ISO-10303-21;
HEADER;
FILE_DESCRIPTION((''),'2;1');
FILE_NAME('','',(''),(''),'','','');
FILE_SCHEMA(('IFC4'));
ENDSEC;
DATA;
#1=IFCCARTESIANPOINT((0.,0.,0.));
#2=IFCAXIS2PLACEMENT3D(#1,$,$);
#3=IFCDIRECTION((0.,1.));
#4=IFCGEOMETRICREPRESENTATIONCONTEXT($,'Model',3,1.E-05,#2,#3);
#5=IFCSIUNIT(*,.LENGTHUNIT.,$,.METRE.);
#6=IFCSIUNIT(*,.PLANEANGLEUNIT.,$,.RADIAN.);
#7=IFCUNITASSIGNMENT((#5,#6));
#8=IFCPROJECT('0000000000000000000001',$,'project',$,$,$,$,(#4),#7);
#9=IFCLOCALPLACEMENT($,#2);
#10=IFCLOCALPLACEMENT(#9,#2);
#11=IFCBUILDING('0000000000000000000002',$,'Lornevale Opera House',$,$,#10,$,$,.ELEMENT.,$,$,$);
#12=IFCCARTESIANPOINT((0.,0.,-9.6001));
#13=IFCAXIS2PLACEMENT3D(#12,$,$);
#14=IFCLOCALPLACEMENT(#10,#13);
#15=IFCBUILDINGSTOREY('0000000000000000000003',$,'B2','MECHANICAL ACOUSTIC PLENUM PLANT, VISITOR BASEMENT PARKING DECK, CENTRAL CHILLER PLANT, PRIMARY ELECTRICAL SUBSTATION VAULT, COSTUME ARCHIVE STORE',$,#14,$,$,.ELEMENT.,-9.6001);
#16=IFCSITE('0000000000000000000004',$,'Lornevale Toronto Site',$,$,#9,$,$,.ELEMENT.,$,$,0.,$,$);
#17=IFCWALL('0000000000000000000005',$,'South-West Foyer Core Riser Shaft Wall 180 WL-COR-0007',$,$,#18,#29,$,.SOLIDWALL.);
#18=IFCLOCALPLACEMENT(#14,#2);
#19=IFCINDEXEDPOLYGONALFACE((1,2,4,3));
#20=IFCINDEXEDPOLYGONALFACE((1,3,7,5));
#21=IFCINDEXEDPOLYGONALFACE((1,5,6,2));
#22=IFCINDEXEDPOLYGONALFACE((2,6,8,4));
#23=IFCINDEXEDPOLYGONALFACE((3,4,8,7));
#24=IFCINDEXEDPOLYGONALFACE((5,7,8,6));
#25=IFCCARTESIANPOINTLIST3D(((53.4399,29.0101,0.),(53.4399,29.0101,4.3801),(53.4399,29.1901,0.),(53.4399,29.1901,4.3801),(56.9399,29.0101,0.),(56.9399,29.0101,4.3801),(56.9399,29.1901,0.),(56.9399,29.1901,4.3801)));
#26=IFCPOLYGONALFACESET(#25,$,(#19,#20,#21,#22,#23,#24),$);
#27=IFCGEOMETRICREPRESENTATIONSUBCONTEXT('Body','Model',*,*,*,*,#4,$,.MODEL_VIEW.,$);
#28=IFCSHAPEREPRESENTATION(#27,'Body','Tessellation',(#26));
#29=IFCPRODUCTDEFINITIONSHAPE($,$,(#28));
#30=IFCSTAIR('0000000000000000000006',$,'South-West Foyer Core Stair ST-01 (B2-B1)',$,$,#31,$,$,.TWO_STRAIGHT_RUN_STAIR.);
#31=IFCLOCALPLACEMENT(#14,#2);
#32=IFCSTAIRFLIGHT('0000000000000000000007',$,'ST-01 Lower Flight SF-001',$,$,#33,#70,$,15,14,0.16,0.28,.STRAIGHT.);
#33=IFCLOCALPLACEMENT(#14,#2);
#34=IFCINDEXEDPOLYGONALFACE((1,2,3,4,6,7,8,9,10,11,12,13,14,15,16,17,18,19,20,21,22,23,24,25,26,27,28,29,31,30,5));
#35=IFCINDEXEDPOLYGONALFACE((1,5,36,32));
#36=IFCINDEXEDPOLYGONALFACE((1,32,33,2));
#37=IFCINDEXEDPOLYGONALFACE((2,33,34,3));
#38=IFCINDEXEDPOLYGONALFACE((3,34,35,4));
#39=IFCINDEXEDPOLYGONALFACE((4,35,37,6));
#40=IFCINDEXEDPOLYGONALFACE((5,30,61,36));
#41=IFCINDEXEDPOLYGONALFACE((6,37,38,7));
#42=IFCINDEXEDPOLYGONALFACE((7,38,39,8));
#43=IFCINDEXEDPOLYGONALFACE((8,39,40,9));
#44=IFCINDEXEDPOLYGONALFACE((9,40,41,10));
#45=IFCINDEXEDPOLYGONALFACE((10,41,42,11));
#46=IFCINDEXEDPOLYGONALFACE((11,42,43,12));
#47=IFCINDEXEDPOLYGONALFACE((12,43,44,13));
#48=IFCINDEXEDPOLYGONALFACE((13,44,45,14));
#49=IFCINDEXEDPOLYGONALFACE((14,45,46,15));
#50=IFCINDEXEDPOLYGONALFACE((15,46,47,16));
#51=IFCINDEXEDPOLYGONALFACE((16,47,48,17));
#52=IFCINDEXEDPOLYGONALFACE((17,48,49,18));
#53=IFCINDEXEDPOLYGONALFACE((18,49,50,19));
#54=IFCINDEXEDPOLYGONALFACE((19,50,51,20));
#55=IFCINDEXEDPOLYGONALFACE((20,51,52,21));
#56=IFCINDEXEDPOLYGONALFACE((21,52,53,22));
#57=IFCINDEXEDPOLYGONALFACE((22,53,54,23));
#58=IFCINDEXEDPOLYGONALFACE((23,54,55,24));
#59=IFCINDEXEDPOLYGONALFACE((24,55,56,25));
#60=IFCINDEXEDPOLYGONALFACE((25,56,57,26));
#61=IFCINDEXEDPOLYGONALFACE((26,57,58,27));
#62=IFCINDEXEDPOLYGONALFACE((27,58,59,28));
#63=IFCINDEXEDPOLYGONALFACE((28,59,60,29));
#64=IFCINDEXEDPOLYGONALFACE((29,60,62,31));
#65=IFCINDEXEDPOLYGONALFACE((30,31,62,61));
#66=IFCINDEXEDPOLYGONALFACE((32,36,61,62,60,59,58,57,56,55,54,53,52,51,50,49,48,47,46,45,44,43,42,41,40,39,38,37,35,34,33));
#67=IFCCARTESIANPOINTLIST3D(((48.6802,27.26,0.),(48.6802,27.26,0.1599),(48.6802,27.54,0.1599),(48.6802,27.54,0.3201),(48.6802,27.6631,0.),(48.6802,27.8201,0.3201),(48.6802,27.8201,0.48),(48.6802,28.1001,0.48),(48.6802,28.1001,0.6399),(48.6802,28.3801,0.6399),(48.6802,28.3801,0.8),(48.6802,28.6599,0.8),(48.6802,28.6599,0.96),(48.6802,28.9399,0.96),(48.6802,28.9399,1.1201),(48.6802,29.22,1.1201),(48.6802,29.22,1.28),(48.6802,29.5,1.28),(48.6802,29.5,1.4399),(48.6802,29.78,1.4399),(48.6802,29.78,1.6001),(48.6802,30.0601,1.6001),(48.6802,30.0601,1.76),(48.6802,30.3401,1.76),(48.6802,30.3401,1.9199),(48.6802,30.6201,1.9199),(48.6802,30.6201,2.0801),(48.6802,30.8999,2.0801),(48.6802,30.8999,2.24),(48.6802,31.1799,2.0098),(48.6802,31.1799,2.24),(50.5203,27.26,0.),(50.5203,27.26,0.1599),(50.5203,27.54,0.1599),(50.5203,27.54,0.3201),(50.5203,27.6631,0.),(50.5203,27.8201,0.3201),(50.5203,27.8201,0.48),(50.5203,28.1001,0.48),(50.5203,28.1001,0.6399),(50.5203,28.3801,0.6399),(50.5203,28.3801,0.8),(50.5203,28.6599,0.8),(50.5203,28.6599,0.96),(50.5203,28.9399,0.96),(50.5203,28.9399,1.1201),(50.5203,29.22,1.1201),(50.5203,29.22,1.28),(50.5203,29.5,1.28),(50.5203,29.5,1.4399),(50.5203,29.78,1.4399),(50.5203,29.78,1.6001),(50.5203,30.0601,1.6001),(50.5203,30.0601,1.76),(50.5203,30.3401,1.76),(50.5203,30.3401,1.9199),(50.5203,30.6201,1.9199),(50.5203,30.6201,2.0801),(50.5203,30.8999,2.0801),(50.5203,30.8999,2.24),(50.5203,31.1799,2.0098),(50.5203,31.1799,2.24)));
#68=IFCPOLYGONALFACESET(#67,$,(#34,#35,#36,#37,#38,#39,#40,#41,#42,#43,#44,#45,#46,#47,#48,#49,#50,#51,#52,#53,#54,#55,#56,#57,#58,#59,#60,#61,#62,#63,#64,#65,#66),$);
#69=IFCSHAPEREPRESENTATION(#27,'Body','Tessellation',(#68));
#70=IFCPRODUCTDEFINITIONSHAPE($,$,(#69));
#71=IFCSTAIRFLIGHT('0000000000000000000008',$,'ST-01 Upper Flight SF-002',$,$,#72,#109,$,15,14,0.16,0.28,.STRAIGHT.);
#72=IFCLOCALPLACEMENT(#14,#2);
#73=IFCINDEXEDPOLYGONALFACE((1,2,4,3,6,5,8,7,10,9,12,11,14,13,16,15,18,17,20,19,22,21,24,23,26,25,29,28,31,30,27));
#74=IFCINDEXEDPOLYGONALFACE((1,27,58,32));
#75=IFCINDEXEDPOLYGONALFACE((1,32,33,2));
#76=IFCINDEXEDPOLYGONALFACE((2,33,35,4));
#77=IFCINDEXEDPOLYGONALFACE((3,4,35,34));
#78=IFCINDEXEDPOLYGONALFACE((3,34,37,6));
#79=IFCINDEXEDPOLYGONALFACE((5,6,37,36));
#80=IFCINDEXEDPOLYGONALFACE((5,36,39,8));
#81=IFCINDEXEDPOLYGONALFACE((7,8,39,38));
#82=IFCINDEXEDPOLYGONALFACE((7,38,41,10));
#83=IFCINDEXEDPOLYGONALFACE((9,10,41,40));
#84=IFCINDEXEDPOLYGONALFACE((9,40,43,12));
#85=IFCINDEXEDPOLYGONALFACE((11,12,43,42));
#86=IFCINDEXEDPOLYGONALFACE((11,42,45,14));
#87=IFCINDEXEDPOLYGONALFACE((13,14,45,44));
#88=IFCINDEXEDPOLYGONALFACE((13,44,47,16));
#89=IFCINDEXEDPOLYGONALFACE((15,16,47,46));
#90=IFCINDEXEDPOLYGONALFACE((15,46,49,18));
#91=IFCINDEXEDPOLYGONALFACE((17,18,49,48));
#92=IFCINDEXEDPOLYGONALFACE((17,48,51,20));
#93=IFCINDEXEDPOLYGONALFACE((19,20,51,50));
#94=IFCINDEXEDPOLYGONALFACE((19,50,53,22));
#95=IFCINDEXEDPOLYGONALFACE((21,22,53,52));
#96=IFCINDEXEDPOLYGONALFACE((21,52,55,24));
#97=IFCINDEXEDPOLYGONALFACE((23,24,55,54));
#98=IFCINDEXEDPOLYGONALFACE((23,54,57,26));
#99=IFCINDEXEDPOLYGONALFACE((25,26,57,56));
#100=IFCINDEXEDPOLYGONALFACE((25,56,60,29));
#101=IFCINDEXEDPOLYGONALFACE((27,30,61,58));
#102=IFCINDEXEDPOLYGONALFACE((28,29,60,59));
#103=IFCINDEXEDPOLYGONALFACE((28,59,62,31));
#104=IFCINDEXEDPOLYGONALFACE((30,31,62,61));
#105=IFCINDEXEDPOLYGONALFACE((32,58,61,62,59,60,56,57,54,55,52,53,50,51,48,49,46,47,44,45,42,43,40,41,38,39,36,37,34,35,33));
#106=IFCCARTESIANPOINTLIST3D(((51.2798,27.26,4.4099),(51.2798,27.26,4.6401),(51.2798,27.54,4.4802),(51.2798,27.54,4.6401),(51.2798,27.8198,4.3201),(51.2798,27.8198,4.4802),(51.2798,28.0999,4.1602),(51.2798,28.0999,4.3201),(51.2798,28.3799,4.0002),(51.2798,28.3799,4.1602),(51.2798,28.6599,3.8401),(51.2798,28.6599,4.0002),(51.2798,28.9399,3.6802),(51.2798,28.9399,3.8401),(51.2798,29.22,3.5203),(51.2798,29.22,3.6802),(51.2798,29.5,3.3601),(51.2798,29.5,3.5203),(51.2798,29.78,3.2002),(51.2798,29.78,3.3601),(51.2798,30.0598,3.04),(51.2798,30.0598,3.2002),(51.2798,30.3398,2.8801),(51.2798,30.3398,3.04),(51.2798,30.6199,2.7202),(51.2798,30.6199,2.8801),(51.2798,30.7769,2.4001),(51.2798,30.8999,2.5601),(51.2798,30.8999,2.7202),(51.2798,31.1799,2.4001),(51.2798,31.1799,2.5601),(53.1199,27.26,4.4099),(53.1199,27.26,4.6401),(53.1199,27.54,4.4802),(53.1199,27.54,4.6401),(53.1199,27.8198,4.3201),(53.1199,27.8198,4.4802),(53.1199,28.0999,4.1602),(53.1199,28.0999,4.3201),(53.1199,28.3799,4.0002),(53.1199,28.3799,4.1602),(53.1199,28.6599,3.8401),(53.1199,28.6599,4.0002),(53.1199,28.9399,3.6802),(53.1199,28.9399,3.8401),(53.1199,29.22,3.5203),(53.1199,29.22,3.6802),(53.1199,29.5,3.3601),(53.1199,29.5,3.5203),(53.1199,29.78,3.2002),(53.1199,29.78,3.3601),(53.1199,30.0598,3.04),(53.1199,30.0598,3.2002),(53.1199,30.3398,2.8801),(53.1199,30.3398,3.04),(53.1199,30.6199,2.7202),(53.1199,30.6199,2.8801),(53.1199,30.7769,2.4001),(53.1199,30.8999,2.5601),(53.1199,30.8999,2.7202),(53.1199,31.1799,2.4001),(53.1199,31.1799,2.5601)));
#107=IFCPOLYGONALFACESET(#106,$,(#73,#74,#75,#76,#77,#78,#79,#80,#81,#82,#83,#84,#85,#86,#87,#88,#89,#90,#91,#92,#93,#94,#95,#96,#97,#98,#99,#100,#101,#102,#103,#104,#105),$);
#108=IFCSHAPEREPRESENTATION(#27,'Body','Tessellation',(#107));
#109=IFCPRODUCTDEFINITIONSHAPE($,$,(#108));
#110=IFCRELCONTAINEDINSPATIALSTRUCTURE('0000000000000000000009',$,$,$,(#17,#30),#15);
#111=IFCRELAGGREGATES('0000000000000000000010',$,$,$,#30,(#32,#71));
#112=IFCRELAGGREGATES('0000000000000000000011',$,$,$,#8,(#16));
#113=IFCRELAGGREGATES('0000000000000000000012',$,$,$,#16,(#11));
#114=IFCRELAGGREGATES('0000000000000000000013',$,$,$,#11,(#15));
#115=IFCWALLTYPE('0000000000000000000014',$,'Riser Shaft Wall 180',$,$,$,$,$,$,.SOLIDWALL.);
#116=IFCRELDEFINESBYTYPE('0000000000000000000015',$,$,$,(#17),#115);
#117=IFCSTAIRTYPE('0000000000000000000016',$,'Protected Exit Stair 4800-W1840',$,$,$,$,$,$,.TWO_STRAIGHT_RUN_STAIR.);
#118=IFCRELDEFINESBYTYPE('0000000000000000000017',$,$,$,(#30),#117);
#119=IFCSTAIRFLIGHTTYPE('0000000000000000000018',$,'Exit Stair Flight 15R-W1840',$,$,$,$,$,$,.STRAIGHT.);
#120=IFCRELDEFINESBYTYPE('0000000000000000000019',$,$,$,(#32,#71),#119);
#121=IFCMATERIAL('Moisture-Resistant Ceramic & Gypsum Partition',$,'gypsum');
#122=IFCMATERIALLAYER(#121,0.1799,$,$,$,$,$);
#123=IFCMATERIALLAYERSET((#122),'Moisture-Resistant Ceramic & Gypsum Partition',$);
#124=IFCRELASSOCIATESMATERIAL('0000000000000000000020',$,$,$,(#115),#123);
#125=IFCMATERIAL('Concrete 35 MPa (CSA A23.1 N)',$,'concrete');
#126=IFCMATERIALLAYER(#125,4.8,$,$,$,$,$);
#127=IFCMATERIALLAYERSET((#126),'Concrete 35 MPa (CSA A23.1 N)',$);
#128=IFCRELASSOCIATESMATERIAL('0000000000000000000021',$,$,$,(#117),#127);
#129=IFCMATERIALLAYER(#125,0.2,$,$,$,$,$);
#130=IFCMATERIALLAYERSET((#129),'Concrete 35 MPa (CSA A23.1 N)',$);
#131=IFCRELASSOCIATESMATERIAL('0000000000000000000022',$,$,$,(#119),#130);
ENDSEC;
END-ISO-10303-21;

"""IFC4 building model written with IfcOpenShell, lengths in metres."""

from ifc_helpers import new_model, si_unit, direction, frame, frame_2d, origin, place, context, subcontext, project, spatial, polyline, rectangle, outline, extrude, material, layer, layer_set, type_object, element, aggregate, save


model = new_model("IFC4")

# Units and contexts
model_context = context("Model", 3, precision=1e-05, world=origin(), true_north=direction((0.0, 1.0)))
body_context = subcontext(model_context, "Body", "Model", "MODEL_VIEW")
ifc_project = project(units=[si_unit("LENGTHUNIT", "METRE"), si_unit("PLANEANGLEUNIT", "RADIAN")], contexts=[model_context])

# Site, building, storey
site_placement = place(None, origin())
site = spatial("IfcSite", under=ifc_project, at=site_placement, Name="Lornevale Toronto Site", CompositionType="ELEMENT", RefElevation=0.0)
building_placement = place(site_placement, origin())
building = spatial("IfcBuilding", under=site, at=building_placement, Name="Lornevale Opera House", CompositionType="ELEMENT")
storey_placement = place(building_placement, frame((0.0, 0.0, -9.6001)))
storey = spatial("IfcBuildingStorey", under=building, at=storey_placement, Name="B2", Description="MECHANICAL ACOUSTIC PLENUM PLANT, VISITOR BASEMENT PARKING DECK, CENTRAL CHILLER PLANT, PRIMARY ELECTRICAL SUBSTATION VAULT, COSTUME ARCHIVE STORE", CompositionType="ELEMENT", Elevation=-9.6001)

# Shared definitions
ifc_material_1 = material(Name="Concrete 35 MPa (CSA A23.1 N)", Category="concrete")

# Wall
ifc_material_2 = material(Name="Moisture-Resistant Ceramic & Gypsum Partition", Category="gypsum")
ifc_layer_1 = layer(ifc_material_2, 0.1799)
ifc_layer_set_1 = layer_set([ifc_layer_1], Name="Moisture-Resistant Ceramic & Gypsum Partition")
wall_type_1 = type_object("IfcWallType", Name="Riser Shaft Wall 180", PredefinedType="SOLIDWALL", material=ifc_layer_set_1)
wall_1_placement = place(storey_placement, frame((53.4399, 29.1001, 0.0), z_axis=(0.0, 0.0, 1.0), x_axis=(1.0, 0.0, 0.0)))
element("IfcWall", 1, at=wall_1_placement, inside=storey, type_object=wall_type_1, Name="South-West Foyer Core Riser Shaft Wall 180 WL-COR-0007", PredefinedType="SOLIDWALL", context=body_context, shape_type="SweptSolid", body=[
    extrude(rectangle(XDim=3.5, YDim=0.1799, at=frame_2d((1.75, 0.0))), origin(), (0.0, 0.0, 1.0), 4.3801),
])

# Stair, stair flights
ifc_layer_2 = layer(ifc_material_1, 4.8)
ifc_layer_set_2 = layer_set([ifc_layer_2], Name="Concrete 35 MPa (CSA A23.1 N)")
stair_type = type_object("IfcStairType", Name="Protected Exit Stair 4800-W1840", PredefinedType="TWO_STRAIGHT_RUN_STAIR", material=ifc_layer_set_2)
stair_placement = place(storey_placement, origin())
stair = element("IfcStair", 2, at=stair_placement, inside=storey, type_object=stair_type, Name="South-West Foyer Core Stair ST-01 (B2-B1)", PredefinedType="TWO_STRAIGHT_RUN_STAIR")
ifc_layer_3 = layer(ifc_material_1, 0.2)
ifc_layer_set_3 = layer_set([ifc_layer_3], Name="Concrete 35 MPa (CSA A23.1 N)")
stair_flight_type = type_object("IfcStairFlightType", Name="Exit Stair Flight 15R-W1840", PredefinedType="STRAIGHT", material=ifc_layer_set_3)
stair_flight_1_placement = place(storey_placement, frame((49.6001, 27.26, 0.0), z_axis=(0.0, 0.0, 1.0), x_axis=(0.0, 1.0, 0.0)))
stair_flight_1 = element("IfcStairFlight", 3, at=stair_flight_1_placement, type_object=stair_flight_type, Name="ST-01 Lower Flight SF-001", NumberOfRisers=15, NumberOfTreads=14, PredefinedType="STRAIGHT", RiserHeight=0.16, TreadLength=0.28, context=body_context, shape_type="SweptSolid", body=[
    extrude(outline(polyline([(0.0, 0.0), (0.0, 0.1599), (0.28, 0.1599), (0.28, 0.3201), (0.5601, 0.3201), (0.5601, 0.48), (0.8401, 0.48), (0.8401, 0.6399), (1.1201, 0.6399), (1.1201, 0.8), (1.3999, 0.8), (1.3999, 0.96), (1.6799, 0.96), (1.6799, 1.1201), (1.96, 1.1201), (1.96, 1.28), (2.24, 1.28), (2.24, 1.4399), (2.52, 1.4399), (2.52, 1.6001), (2.8, 1.6001), (2.8, 1.76), (3.0801, 1.76), (3.0801, 1.9199), (3.3601, 1.9199), (3.3601, 2.0801), (3.6399, 2.0801), (3.6399, 2.24), (3.9199, 2.24), (3.9199, 2.0098), (0.4031, 0.0), (0.0, 0.0)])), frame((0.0, 0.9199, 0.0), z_axis=(0.0, -1.0, 0.0), x_axis=(1.0, 0.0, 0.0)), (0.0, 0.0, 1.0), 1.8401),
])
stair_flight_2_placement = place(storey_placement, frame((52.2, 31.1799, 2.4001), z_axis=(0.0, 0.0, 1.0), x_axis=(0.0, -1.0, 0.0)))
stair_flight_2 = element("IfcStairFlight", 4, at=stair_flight_2_placement, type_object=stair_flight_type, Name="ST-01 Upper Flight SF-002", NumberOfRisers=15, NumberOfTreads=14, PredefinedType="STRAIGHT", RiserHeight=0.16, TreadLength=0.28, context=body_context, shape_type="SweptSolid", body=[
    extrude(outline(polyline([(0.0, 0.0), (0.0, 0.1599), (0.28, 0.1599), (0.28, 0.3201), (0.5601, 0.3201), (0.5601, 0.48), (0.8401, 0.48), (0.8401, 0.6399), (1.1201, 0.6399), (1.1201, 0.8), (1.3999, 0.8), (1.3999, 0.96), (1.6799, 0.96), (1.6799, 1.1201), (1.96, 1.1201), (1.96, 1.28), (2.24, 1.28), (2.24, 1.4399), (2.52, 1.4399), (2.52, 1.6001), (2.8, 1.6001), (2.8, 1.76), (3.0801, 1.76), (3.0801, 1.9199), (3.3601, 1.9199), (3.3601, 2.0801), (3.6399, 2.0801), (3.6399, 2.24), (3.9199, 2.24), (3.9199, 2.0098), (0.4031, 0.0), (0.0, 0.0)])), frame((0.0, 0.9199, 0.0), z_axis=(0.0, -1.0, 0.0), x_axis=(1.0, 0.0, 0.0)), (0.0, 0.0, 1.0), 1.8401),
])
aggregate(stair, [stair_flight_1, stair_flight_2])

save(model, "model.ifc")
